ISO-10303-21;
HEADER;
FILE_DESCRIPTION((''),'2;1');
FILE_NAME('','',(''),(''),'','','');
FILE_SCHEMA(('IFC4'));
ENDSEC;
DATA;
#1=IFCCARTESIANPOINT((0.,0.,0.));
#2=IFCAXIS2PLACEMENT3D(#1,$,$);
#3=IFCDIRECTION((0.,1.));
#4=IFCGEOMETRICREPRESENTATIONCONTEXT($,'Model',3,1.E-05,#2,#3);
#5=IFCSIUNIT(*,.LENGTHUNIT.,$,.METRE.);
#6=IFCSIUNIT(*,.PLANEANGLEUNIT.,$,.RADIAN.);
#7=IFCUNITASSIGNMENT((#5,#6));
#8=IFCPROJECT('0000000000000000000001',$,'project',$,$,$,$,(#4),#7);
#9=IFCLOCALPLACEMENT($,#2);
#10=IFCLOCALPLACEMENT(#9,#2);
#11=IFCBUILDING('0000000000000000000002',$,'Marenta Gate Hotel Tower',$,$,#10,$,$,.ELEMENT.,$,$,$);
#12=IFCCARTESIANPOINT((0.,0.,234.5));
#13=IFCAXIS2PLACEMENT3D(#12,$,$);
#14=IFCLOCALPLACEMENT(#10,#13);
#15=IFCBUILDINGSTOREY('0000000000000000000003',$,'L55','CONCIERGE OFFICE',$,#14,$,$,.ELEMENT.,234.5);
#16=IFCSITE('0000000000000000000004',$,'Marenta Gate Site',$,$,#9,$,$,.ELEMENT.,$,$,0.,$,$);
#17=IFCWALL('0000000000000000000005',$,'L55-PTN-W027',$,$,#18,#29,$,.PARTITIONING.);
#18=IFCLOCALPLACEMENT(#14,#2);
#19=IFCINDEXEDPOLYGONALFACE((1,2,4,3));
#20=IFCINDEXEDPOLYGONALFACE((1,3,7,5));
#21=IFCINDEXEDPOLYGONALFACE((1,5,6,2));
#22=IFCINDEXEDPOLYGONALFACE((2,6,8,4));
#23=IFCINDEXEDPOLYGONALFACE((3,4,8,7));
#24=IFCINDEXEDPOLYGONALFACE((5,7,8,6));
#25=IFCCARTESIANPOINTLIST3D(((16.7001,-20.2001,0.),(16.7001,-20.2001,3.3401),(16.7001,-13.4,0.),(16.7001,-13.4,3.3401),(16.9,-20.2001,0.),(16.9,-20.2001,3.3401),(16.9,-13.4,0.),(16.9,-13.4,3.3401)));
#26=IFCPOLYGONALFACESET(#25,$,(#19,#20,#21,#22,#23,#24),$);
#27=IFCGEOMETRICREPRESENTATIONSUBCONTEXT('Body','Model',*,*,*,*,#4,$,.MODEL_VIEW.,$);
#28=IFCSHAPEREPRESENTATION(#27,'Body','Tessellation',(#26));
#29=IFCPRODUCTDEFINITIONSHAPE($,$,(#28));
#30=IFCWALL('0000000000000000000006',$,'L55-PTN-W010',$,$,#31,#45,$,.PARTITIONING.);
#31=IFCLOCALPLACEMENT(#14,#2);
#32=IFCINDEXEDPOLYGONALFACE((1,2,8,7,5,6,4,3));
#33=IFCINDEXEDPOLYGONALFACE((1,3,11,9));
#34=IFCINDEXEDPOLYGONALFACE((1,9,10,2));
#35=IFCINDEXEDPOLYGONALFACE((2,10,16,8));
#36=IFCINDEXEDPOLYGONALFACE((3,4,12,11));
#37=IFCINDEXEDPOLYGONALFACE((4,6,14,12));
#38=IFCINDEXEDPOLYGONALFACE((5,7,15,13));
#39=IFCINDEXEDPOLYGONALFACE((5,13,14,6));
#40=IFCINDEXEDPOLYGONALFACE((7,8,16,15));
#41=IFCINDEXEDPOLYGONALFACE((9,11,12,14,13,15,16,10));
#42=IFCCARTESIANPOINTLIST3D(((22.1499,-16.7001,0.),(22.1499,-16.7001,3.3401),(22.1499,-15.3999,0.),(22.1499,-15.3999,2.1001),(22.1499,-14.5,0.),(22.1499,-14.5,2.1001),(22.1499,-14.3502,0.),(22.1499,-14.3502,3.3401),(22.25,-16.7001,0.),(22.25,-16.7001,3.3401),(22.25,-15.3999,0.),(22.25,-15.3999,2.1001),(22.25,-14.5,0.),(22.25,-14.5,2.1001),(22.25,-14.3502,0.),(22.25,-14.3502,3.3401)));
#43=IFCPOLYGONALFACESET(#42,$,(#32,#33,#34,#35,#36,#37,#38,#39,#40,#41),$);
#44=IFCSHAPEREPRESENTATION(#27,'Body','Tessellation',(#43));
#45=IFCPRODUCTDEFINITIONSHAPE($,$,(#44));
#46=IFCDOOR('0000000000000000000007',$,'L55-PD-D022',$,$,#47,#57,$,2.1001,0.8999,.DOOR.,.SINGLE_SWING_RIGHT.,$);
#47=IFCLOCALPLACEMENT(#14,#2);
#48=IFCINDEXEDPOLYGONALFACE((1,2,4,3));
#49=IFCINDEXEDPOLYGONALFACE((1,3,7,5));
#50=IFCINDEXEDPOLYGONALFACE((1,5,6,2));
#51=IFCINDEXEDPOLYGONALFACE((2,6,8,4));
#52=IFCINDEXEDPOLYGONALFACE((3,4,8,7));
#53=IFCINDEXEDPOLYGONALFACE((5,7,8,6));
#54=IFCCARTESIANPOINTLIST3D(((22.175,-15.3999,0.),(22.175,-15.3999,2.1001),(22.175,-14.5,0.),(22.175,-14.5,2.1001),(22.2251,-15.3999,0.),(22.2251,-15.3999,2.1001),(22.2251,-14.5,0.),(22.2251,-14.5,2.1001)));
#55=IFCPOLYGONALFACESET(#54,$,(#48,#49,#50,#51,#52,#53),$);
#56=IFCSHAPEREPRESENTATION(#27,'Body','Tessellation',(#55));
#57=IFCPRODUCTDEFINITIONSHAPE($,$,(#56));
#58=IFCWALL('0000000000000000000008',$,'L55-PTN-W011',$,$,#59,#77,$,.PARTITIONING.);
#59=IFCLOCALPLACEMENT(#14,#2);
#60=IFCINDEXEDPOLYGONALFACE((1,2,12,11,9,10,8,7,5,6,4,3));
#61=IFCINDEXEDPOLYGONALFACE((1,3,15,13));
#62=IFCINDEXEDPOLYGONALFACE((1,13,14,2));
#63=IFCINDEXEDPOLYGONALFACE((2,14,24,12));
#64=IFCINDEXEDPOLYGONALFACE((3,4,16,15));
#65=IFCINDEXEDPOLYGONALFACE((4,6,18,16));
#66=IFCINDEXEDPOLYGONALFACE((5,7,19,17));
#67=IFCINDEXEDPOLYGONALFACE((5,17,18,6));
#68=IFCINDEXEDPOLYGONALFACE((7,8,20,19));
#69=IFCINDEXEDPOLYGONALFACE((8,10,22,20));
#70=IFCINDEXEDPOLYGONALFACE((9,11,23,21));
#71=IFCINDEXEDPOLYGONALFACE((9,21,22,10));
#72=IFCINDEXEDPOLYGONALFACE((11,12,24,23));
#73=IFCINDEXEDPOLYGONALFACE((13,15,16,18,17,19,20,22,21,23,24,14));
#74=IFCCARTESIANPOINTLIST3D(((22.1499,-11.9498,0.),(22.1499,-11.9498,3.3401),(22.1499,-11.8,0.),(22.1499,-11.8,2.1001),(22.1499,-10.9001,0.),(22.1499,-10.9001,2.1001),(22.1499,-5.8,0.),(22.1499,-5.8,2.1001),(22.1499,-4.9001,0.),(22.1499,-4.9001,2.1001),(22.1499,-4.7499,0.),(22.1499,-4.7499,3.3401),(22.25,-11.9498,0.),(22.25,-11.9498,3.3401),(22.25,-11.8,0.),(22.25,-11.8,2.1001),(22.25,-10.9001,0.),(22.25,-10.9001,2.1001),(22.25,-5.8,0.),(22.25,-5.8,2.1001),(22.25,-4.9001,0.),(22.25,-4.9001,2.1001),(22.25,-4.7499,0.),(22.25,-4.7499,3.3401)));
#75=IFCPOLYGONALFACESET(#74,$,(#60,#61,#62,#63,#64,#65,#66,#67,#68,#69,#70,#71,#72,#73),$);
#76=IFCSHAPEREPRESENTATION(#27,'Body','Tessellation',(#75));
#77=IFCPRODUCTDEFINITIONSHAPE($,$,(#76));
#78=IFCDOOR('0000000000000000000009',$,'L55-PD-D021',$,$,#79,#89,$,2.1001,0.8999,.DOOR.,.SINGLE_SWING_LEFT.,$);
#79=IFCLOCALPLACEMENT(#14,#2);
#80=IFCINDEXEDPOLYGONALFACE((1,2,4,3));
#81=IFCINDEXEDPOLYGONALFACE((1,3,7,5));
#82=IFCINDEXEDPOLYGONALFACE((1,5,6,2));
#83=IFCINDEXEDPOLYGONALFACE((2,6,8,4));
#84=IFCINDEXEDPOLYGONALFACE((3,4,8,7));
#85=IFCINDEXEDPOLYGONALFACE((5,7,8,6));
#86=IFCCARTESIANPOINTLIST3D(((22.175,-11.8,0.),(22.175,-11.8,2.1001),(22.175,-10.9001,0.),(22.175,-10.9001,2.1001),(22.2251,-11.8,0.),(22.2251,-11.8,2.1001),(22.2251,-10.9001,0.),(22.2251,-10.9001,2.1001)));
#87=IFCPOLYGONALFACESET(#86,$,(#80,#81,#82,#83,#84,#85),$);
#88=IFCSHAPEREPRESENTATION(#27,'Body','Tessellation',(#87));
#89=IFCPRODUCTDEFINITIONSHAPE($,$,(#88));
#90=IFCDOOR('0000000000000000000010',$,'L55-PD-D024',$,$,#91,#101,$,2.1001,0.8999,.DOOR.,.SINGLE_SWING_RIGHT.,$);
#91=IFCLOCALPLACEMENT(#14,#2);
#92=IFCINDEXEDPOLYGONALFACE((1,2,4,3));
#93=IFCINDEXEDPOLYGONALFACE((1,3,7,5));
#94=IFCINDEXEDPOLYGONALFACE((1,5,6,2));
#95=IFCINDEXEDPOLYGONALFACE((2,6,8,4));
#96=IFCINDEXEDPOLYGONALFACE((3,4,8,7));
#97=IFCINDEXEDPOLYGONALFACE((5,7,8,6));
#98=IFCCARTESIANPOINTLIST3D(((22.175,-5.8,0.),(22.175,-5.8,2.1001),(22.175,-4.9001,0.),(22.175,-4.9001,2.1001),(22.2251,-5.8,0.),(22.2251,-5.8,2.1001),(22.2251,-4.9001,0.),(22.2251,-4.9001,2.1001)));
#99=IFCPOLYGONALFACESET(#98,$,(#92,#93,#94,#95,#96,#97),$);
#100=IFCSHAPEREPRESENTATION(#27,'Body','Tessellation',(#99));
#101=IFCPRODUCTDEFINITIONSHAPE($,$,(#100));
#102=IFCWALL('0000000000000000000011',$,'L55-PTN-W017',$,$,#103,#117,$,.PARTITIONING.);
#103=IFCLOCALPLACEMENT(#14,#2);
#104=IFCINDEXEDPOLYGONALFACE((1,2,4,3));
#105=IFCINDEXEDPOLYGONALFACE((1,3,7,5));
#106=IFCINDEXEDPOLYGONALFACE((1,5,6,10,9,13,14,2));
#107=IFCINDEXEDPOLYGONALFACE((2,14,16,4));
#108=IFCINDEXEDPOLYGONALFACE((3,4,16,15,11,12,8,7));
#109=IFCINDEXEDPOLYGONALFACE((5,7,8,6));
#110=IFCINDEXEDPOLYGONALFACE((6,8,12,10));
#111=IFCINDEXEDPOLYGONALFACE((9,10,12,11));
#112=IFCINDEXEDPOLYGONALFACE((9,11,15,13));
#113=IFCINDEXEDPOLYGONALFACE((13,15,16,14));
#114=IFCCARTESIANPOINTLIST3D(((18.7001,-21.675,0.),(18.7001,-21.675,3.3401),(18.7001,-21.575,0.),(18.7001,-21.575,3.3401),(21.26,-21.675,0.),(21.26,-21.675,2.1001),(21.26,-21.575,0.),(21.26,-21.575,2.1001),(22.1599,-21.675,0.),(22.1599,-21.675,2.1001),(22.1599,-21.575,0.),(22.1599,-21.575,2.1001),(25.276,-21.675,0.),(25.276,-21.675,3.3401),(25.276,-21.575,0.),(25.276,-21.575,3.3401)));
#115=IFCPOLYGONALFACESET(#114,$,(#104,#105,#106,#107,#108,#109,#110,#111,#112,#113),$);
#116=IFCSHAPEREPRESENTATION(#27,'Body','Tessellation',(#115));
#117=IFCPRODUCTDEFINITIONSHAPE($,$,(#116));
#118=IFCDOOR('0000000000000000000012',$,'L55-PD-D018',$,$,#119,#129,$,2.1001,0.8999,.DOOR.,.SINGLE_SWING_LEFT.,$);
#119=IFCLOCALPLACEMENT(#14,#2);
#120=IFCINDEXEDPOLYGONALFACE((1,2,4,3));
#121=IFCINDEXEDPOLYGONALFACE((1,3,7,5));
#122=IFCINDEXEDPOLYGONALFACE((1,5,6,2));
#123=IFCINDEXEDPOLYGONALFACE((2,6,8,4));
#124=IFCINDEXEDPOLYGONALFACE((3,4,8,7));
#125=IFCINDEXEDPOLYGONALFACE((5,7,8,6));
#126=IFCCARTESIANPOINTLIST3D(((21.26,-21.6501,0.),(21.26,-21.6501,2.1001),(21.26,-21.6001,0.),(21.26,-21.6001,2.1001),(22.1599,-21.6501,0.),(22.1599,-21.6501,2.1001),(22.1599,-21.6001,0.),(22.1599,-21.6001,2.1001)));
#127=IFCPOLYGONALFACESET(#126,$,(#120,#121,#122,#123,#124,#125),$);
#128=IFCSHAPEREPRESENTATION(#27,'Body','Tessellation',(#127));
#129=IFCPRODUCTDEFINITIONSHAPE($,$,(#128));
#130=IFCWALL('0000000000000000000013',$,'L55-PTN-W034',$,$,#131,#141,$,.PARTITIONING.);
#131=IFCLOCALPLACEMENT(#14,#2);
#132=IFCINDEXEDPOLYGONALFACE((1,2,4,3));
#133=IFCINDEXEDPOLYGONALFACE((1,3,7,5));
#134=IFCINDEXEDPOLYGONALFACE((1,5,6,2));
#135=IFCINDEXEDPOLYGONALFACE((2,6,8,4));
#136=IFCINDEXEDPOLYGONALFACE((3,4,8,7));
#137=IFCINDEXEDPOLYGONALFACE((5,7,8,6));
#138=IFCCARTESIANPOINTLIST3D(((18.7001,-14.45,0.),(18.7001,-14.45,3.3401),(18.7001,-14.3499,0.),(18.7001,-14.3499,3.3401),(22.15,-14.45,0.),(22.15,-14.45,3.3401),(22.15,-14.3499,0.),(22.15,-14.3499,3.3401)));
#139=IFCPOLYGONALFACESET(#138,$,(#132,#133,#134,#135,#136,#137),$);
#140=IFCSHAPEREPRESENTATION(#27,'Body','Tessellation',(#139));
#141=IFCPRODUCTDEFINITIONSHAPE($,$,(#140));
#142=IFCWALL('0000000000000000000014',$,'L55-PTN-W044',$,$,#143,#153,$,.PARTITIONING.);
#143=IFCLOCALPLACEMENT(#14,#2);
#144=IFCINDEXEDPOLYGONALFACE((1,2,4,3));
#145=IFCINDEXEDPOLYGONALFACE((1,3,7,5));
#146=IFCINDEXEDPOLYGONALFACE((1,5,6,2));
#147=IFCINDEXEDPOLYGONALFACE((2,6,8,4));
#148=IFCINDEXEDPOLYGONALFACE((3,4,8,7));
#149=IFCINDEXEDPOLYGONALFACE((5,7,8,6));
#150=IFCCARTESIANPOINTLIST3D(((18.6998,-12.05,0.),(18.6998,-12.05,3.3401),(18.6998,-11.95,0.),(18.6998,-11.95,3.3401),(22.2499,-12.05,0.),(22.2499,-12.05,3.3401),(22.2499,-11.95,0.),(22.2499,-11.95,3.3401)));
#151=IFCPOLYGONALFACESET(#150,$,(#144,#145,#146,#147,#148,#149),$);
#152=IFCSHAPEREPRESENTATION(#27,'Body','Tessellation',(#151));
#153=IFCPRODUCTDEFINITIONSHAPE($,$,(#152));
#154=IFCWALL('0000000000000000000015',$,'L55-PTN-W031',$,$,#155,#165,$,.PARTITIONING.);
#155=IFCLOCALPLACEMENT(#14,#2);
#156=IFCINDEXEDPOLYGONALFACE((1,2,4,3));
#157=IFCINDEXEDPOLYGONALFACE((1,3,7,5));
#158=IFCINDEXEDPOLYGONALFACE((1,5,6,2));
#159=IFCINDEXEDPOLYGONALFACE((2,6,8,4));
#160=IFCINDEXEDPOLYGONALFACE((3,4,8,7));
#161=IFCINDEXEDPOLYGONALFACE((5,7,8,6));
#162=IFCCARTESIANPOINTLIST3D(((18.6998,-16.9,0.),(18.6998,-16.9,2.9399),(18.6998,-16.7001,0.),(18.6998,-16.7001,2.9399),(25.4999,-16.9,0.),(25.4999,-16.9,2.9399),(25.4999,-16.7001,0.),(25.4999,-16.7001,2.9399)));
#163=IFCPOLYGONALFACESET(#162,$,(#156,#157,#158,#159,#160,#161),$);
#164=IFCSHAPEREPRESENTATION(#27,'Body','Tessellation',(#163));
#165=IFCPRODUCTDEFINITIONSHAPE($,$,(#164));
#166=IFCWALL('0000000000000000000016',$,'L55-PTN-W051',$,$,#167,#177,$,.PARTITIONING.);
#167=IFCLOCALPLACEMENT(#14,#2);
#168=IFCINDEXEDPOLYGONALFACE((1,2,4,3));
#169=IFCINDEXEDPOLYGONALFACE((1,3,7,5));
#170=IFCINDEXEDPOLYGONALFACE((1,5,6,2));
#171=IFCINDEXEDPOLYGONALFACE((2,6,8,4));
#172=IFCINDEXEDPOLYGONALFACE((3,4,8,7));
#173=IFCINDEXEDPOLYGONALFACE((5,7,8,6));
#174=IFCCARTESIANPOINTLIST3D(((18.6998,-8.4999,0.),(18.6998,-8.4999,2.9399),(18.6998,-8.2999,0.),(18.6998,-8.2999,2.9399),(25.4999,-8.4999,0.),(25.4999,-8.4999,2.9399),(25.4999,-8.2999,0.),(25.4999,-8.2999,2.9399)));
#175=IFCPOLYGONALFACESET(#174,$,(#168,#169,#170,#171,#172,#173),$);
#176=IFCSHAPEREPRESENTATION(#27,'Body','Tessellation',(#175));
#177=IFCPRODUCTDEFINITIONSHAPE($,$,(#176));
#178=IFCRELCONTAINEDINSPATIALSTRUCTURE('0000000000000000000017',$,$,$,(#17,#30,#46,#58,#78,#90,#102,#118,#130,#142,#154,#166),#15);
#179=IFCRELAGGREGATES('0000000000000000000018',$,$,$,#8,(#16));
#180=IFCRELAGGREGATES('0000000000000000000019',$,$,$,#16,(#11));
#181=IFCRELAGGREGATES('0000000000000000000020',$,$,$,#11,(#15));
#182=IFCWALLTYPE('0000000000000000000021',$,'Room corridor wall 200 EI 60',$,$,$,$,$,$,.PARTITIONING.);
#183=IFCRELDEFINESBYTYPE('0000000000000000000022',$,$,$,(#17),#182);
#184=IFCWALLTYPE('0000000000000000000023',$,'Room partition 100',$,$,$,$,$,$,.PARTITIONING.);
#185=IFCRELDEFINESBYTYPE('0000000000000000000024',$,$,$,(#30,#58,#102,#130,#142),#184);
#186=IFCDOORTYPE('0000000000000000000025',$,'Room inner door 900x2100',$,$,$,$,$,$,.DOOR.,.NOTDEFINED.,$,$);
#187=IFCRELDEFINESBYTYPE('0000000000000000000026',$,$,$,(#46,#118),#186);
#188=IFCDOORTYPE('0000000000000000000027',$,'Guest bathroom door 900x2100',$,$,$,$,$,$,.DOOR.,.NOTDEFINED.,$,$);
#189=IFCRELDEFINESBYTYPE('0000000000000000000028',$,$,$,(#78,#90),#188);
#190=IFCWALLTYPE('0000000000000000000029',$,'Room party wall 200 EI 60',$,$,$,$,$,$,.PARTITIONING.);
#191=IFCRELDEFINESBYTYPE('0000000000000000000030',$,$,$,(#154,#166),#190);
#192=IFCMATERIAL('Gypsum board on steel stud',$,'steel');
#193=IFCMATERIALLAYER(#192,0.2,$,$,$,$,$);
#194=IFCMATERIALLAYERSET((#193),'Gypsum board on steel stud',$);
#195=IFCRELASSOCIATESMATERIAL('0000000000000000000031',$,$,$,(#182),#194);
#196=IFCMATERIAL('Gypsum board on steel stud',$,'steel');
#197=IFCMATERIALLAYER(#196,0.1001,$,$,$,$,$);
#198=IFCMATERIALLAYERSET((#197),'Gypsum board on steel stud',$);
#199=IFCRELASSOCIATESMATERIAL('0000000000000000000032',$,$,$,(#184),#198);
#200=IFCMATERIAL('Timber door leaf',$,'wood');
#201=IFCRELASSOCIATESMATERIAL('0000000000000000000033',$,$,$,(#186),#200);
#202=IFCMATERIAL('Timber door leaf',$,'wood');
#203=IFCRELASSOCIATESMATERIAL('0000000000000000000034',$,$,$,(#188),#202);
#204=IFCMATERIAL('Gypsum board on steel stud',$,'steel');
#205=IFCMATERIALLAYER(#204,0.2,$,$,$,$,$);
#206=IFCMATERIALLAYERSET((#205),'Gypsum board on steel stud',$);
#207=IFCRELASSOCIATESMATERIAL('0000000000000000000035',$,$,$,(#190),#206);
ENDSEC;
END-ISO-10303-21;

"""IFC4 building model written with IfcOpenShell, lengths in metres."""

from ifc_helpers import new_model, si_unit, direction, frame, frame_2d, origin, place, context, subcontext, project, spatial, rectangle, extrude, material, layer, layer_set, type_object, element, fill, save


model = new_model("IFC4")

# Units and contexts
model_context = context("Model", 3, precision=1e-05, world=origin(), true_north=direction((0.0, 1.0)))
body_context = subcontext(model_context, "Body", "Model", "MODEL_VIEW")
ifc_project = project(units=[si_unit("LENGTHUNIT", "METRE"), si_unit("PLANEANGLEUNIT", "RADIAN")], contexts=[model_context])

# Site, building, storey
site_placement = place(None, origin())
site = spatial("IfcSite", under=ifc_project, at=site_placement, Name="Marenta Gate Site", CompositionType="ELEMENT", RefElevation=0.0)
building_placement = place(site_placement, origin())
building = spatial("IfcBuilding", under=site, at=building_placement, Name="Marenta Gate Hotel Tower", CompositionType="ELEMENT")
storey_placement = place(building_placement, frame((0.0, 0.0, 234.5)))
storey = spatial("IfcBuildingStorey", under=building, at=storey_placement, Name="L55", Description="CONCIERGE OFFICE", CompositionType="ELEMENT", Elevation=234.5)

# Wall
ifc_material_1 = material(Name="Gypsum board on steel stud", Category="steel")
ifc_layer_1 = layer(ifc_material_1, 0.2)
ifc_layer_set_1 = layer_set([ifc_layer_1], Name="Gypsum board on steel stud")
wall_type_1 = type_object("IfcWallType", Name="Room corridor wall 200 EI 60", PredefinedType="PARTITIONING", material=ifc_layer_set_1)
wall_1_placement = place(storey_placement, frame((16.8, -20.2, 0.0), z_axis=(0.0, 0.0, 1.0), x_axis=(0.0, 1.0, 0.0)))
element("IfcWall", 1, at=wall_1_placement, inside=storey, type_object=wall_type_1, Name="L55-PTN-W027", PredefinedType="PARTITIONING", context=body_context, shape_type="SweptSolid", body=[
    extrude(rectangle(XDim=6.8, YDim=0.2, at=frame_2d((3.3999, 0.0))), origin(), (0.0, 0.0, 1.0), 3.3401),
])

# Wall, opening, door
ifc_material_2 = material(Name="Gypsum board on steel stud", Category="steel")
ifc_layer_2 = layer(ifc_material_2, 0.1001)
ifc_layer_set_2 = layer_set([ifc_layer_2], Name="Gypsum board on steel stud")
wall_type_2 = type_object("IfcWallType", Name="Room partition 100", PredefinedType="PARTITIONING", material=ifc_layer_set_2)
wall_2_placement = place(storey_placement, frame((22.2, -16.7, 0.0), z_axis=(0.0, 0.0, 1.0), x_axis=(0.0, 1.0, 0.0)))
wall_2 = element("IfcWall", 2, at=wall_2_placement, inside=storey, type_object=wall_type_2, Name="L55-PTN-W010", PredefinedType="PARTITIONING", context=body_context, shape_type="SweptSolid", body=[
    extrude(rectangle(XDim=2.3499, YDim=0.1001, at=frame_2d((1.1748, 0.0))), origin(), (0.0, 0.0, 1.0), 3.3401),
])
opening_1_placement = place(wall_2_placement, frame((1.3, 0.0, 0.0)))
opening_1 = element("IfcOpeningElement", 3, at=opening_1_placement, cuts=wall_2, PredefinedType="OPENING", context=body_context, shape_type="SweptSolid", body=[
    extrude(rectangle(XDim=0.8999, YDim=2.1001, at=frame_2d((0.45, 1.05))), frame((0.0, 0.05, 0.0), z_axis=(0.0, -1.0, 0.0), x_axis=(1.0, 0.0, 0.0)), (0.0, 0.0, 1.0), 0.1001),
])
ifc_material_3 = material(Name="Timber door leaf", Category="wood")
door_type_1 = type_object("IfcDoorType", Name="Room inner door 900x2100", OperationType="NOTDEFINED", PredefinedType="DOOR", material=ifc_material_3)
door_1_placement = place(opening_1_placement, origin())
door_1 = element("IfcDoor", 4, at=door_1_placement, inside=storey, type_object=door_type_1, Name="L55-PD-D022", OperationType="SINGLE_SWING_RIGHT", OverallHeight=2.1001, OverallWidth=0.8999, PredefinedType="DOOR", context=body_context, shape_type="SweptSolid", body=[
    extrude(rectangle(XDim=0.8999, YDim=2.1001, at=frame_2d((0.45, 1.05))), frame((0.0, 0.0249, 0.0), z_axis=(0.0, -1.0, 0.0), x_axis=(1.0, 0.0, 0.0)), (0.0, 0.0, 1.0), 0.05),
])
fill(opening_1, door_1)

# Wall, openings, doors
wall_3_placement = place(storey_placement, frame((22.2, -11.95, 0.0), z_axis=(0.0, 0.0, 1.0), x_axis=(0.0, 1.0, 0.0)))
wall_3 = element("IfcWall", 5, at=wall_3_placement, inside=storey, type_object=wall_type_2, Name="L55-PTN-W011", PredefinedType="PARTITIONING", context=body_context, shape_type="SweptSolid", body=[
    extrude(rectangle(XDim=7.2, YDim=0.1001, at=frame_2d((3.6001, 0.0))), origin(), (0.0, 0.0, 1.0), 3.3401),
])
opening_2_placement = place(wall_3_placement, frame((0.1499, 0.0, 0.0)))
opening_2 = element("IfcOpeningElement", 6, at=opening_2_placement, cuts=wall_3, PredefinedType="OPENING", context=body_context, shape_type="SweptSolid", body=[
    extrude(rectangle(XDim=0.8999, YDim=2.1001, at=frame_2d((0.45, 1.05))), frame((0.0, 0.05, 0.0), z_axis=(0.0, -1.0, 0.0), x_axis=(1.0, 0.0, 0.0)), (0.0, 0.0, 1.0), 0.1001),
])
opening_3_placement = place(wall_3_placement, frame((6.1499, 0.0, 0.0)))
opening_3 = element("IfcOpeningElement", 7, at=opening_3_placement, cuts=wall_3, PredefinedType="OPENING", context=body_context, shape_type="SweptSolid", body=[
    extrude(rectangle(XDim=0.8999, YDim=2.1001, at=frame_2d((0.45, 1.05))), frame((0.0, 0.05, 0.0), z_axis=(0.0, -1.0, 0.0), x_axis=(1.0, 0.0, 0.0)), (0.0, 0.0, 1.0), 0.1001),
])
ifc_material_4 = material(Name="Timber door leaf", Category="wood")
door_type_2 = type_object("IfcDoorType", Name="Guest bathroom door 900x2100", OperationType="NOTDEFINED", PredefinedType="DOOR", material=ifc_material_4)
door_2_placement = place(opening_2_placement, origin())
door_2 = element("IfcDoor", 8, at=door_2_placement, inside=storey, type_object=door_type_2, Name="L55-PD-D021", OperationType="SINGLE_SWING_LEFT", OverallHeight=2.1001, OverallWidth=0.8999, PredefinedType="DOOR", context=body_context, shape_type="SweptSolid", body=[
    extrude(rectangle(XDim=0.8999, YDim=2.1001, at=frame_2d((0.45, 1.05))), frame((0.0, 0.0249, 0.0), z_axis=(0.0, -1.0, 0.0), x_axis=(1.0, 0.0, 0.0)), (0.0, 0.0, 1.0), 0.05),
])
fill(opening_2, door_2)
door_3_placement = place(opening_3_placement, origin())
door_3 = element("IfcDoor", 9, at=door_3_placement, inside=storey, type_object=door_type_2, Name="L55-PD-D024", OperationType="SINGLE_SWING_RIGHT", OverallHeight=2.1001, OverallWidth=0.8999, PredefinedType="DOOR", context=body_context, shape_type="SweptSolid", body=[
    extrude(rectangle(XDim=0.8999, YDim=2.1001, at=frame_2d((0.45, 1.05))), frame((0.0, 0.0249, 0.0), z_axis=(0.0, -1.0, 0.0), x_axis=(1.0, 0.0, 0.0)), (0.0, 0.0, 1.0), 0.05),
])
fill(opening_3, door_3)

# Wall, opening, door
wall_4_placement = place(storey_placement, frame((18.7, -21.625, 0.0), z_axis=(0.0, 0.0, 1.0), x_axis=(1.0, 0.0, 0.0)))
wall_4 = element("IfcWall", 10, at=wall_4_placement, inside=storey, type_object=wall_type_2, Name="L55-PTN-W017", PredefinedType="PARTITIONING", context=body_context, shape_type="SweptSolid", body=[
    extrude(rectangle(XDim=6.5759, YDim=0.1001, at=frame_2d((3.2881, 0.0))), origin(), (0.0, 0.0, 1.0), 3.3401),
])
opening_4_placement = place(wall_4_placement, frame((2.5601, 0.0, 0.0)))
opening_4 = element("IfcOpeningElement", 11, at=opening_4_placement, cuts=wall_4, PredefinedType="OPENING", context=body_context, shape_type="SweptSolid", body=[
    extrude(rectangle(XDim=0.8999, YDim=2.1001, at=frame_2d((0.45, 1.05))), frame((0.0, 0.05, 0.0), z_axis=(0.0, -1.0, 0.0), x_axis=(1.0, 0.0, 0.0)), (0.0, 0.0, 1.0), 0.1001),
])
door_4_placement = place(opening_4_placement, origin())
door_4 = element("IfcDoor", 12, at=door_4_placement, inside=storey, type_object=door_type_1, Name="L55-PD-D018", OperationType="SINGLE_SWING_LEFT", OverallHeight=2.1001, OverallWidth=0.8999, PredefinedType="DOOR", context=body_context, shape_type="SweptSolid", body=[
    extrude(rectangle(XDim=0.8999, YDim=2.1001, at=frame_2d((0.45, 1.05))), frame((0.0, 0.0249, 0.0), z_axis=(0.0, -1.0, 0.0), x_axis=(1.0, 0.0, 0.0)), (0.0, 0.0, 1.0), 0.05),
])
fill(opening_4, door_4)

# Walls
wall_5_placement = place(storey_placement, frame((18.7, -14.3999, 0.0), z_axis=(0.0, 0.0, 1.0), x_axis=(1.0, 0.0, 0.0)))
element("IfcWall", 13, at=wall_5_placement, inside=storey, type_object=wall_type_2, Name="L55-PTN-W034", PredefinedType="PARTITIONING", context=body_context, shape_type="SweptSolid", body=[
    extrude(rectangle(XDim=3.45, YDim=0.1001, at=frame_2d((1.7251, 0.0))), origin(), (0.0, 0.0, 1.0), 3.3401),
])
wall_6_placement = place(storey_placement, frame((18.7, -12.0, 0.0), z_axis=(0.0, 0.0, 1.0), x_axis=(1.0, 0.0, 0.0)))
element("IfcWall", 14, at=wall_6_placement, inside=storey, type_object=wall_type_2, Name="L55-PTN-W044", PredefinedType="PARTITIONING", context=body_context, shape_type="SweptSolid", body=[
    extrude(rectangle(XDim=3.55, YDim=0.1001, at=frame_2d((1.7749, 0.0))), origin(), (0.0, 0.0, 1.0), 3.3401),
])
ifc_material_5 = material(Name="Gypsum board on steel stud", Category="steel")
ifc_layer_3 = layer(ifc_material_5, 0.2)
ifc_layer_set_3 = layer_set([ifc_layer_3], Name="Gypsum board on steel stud")
wall_type_3 = type_object("IfcWallType", Name="Room party wall 200 EI 60", PredefinedType="PARTITIONING", material=ifc_layer_set_3)
for number, where, z_axis, x_axis, name in (
    (15, (18.7, -16.8, 0.0), (0.0, 0.0, 1.0), (1.0, 0.0, 0.0), "L55-PTN-W031"),
    (16, (18.7, -8.3999, 0.0), (0.0, 0.0, 1.0), (1.0, 0.0, 0.0), "L55-PTN-W051"),
):
    element("IfcWall", number, at=place(storey_placement, frame(where, z_axis=z_axis, x_axis=x_axis)), inside=storey, type_object=wall_type_3, Name=name, PredefinedType="PARTITIONING", context=body_context, shape_type="SweptSolid", body=[
        extrude(rectangle(XDim=6.8, YDim=0.2, at=frame_2d((3.3999, 0.0))), origin(), (0.0, 0.0, 1.0), 2.9399),
    ])

save(model, "model.ifc")
